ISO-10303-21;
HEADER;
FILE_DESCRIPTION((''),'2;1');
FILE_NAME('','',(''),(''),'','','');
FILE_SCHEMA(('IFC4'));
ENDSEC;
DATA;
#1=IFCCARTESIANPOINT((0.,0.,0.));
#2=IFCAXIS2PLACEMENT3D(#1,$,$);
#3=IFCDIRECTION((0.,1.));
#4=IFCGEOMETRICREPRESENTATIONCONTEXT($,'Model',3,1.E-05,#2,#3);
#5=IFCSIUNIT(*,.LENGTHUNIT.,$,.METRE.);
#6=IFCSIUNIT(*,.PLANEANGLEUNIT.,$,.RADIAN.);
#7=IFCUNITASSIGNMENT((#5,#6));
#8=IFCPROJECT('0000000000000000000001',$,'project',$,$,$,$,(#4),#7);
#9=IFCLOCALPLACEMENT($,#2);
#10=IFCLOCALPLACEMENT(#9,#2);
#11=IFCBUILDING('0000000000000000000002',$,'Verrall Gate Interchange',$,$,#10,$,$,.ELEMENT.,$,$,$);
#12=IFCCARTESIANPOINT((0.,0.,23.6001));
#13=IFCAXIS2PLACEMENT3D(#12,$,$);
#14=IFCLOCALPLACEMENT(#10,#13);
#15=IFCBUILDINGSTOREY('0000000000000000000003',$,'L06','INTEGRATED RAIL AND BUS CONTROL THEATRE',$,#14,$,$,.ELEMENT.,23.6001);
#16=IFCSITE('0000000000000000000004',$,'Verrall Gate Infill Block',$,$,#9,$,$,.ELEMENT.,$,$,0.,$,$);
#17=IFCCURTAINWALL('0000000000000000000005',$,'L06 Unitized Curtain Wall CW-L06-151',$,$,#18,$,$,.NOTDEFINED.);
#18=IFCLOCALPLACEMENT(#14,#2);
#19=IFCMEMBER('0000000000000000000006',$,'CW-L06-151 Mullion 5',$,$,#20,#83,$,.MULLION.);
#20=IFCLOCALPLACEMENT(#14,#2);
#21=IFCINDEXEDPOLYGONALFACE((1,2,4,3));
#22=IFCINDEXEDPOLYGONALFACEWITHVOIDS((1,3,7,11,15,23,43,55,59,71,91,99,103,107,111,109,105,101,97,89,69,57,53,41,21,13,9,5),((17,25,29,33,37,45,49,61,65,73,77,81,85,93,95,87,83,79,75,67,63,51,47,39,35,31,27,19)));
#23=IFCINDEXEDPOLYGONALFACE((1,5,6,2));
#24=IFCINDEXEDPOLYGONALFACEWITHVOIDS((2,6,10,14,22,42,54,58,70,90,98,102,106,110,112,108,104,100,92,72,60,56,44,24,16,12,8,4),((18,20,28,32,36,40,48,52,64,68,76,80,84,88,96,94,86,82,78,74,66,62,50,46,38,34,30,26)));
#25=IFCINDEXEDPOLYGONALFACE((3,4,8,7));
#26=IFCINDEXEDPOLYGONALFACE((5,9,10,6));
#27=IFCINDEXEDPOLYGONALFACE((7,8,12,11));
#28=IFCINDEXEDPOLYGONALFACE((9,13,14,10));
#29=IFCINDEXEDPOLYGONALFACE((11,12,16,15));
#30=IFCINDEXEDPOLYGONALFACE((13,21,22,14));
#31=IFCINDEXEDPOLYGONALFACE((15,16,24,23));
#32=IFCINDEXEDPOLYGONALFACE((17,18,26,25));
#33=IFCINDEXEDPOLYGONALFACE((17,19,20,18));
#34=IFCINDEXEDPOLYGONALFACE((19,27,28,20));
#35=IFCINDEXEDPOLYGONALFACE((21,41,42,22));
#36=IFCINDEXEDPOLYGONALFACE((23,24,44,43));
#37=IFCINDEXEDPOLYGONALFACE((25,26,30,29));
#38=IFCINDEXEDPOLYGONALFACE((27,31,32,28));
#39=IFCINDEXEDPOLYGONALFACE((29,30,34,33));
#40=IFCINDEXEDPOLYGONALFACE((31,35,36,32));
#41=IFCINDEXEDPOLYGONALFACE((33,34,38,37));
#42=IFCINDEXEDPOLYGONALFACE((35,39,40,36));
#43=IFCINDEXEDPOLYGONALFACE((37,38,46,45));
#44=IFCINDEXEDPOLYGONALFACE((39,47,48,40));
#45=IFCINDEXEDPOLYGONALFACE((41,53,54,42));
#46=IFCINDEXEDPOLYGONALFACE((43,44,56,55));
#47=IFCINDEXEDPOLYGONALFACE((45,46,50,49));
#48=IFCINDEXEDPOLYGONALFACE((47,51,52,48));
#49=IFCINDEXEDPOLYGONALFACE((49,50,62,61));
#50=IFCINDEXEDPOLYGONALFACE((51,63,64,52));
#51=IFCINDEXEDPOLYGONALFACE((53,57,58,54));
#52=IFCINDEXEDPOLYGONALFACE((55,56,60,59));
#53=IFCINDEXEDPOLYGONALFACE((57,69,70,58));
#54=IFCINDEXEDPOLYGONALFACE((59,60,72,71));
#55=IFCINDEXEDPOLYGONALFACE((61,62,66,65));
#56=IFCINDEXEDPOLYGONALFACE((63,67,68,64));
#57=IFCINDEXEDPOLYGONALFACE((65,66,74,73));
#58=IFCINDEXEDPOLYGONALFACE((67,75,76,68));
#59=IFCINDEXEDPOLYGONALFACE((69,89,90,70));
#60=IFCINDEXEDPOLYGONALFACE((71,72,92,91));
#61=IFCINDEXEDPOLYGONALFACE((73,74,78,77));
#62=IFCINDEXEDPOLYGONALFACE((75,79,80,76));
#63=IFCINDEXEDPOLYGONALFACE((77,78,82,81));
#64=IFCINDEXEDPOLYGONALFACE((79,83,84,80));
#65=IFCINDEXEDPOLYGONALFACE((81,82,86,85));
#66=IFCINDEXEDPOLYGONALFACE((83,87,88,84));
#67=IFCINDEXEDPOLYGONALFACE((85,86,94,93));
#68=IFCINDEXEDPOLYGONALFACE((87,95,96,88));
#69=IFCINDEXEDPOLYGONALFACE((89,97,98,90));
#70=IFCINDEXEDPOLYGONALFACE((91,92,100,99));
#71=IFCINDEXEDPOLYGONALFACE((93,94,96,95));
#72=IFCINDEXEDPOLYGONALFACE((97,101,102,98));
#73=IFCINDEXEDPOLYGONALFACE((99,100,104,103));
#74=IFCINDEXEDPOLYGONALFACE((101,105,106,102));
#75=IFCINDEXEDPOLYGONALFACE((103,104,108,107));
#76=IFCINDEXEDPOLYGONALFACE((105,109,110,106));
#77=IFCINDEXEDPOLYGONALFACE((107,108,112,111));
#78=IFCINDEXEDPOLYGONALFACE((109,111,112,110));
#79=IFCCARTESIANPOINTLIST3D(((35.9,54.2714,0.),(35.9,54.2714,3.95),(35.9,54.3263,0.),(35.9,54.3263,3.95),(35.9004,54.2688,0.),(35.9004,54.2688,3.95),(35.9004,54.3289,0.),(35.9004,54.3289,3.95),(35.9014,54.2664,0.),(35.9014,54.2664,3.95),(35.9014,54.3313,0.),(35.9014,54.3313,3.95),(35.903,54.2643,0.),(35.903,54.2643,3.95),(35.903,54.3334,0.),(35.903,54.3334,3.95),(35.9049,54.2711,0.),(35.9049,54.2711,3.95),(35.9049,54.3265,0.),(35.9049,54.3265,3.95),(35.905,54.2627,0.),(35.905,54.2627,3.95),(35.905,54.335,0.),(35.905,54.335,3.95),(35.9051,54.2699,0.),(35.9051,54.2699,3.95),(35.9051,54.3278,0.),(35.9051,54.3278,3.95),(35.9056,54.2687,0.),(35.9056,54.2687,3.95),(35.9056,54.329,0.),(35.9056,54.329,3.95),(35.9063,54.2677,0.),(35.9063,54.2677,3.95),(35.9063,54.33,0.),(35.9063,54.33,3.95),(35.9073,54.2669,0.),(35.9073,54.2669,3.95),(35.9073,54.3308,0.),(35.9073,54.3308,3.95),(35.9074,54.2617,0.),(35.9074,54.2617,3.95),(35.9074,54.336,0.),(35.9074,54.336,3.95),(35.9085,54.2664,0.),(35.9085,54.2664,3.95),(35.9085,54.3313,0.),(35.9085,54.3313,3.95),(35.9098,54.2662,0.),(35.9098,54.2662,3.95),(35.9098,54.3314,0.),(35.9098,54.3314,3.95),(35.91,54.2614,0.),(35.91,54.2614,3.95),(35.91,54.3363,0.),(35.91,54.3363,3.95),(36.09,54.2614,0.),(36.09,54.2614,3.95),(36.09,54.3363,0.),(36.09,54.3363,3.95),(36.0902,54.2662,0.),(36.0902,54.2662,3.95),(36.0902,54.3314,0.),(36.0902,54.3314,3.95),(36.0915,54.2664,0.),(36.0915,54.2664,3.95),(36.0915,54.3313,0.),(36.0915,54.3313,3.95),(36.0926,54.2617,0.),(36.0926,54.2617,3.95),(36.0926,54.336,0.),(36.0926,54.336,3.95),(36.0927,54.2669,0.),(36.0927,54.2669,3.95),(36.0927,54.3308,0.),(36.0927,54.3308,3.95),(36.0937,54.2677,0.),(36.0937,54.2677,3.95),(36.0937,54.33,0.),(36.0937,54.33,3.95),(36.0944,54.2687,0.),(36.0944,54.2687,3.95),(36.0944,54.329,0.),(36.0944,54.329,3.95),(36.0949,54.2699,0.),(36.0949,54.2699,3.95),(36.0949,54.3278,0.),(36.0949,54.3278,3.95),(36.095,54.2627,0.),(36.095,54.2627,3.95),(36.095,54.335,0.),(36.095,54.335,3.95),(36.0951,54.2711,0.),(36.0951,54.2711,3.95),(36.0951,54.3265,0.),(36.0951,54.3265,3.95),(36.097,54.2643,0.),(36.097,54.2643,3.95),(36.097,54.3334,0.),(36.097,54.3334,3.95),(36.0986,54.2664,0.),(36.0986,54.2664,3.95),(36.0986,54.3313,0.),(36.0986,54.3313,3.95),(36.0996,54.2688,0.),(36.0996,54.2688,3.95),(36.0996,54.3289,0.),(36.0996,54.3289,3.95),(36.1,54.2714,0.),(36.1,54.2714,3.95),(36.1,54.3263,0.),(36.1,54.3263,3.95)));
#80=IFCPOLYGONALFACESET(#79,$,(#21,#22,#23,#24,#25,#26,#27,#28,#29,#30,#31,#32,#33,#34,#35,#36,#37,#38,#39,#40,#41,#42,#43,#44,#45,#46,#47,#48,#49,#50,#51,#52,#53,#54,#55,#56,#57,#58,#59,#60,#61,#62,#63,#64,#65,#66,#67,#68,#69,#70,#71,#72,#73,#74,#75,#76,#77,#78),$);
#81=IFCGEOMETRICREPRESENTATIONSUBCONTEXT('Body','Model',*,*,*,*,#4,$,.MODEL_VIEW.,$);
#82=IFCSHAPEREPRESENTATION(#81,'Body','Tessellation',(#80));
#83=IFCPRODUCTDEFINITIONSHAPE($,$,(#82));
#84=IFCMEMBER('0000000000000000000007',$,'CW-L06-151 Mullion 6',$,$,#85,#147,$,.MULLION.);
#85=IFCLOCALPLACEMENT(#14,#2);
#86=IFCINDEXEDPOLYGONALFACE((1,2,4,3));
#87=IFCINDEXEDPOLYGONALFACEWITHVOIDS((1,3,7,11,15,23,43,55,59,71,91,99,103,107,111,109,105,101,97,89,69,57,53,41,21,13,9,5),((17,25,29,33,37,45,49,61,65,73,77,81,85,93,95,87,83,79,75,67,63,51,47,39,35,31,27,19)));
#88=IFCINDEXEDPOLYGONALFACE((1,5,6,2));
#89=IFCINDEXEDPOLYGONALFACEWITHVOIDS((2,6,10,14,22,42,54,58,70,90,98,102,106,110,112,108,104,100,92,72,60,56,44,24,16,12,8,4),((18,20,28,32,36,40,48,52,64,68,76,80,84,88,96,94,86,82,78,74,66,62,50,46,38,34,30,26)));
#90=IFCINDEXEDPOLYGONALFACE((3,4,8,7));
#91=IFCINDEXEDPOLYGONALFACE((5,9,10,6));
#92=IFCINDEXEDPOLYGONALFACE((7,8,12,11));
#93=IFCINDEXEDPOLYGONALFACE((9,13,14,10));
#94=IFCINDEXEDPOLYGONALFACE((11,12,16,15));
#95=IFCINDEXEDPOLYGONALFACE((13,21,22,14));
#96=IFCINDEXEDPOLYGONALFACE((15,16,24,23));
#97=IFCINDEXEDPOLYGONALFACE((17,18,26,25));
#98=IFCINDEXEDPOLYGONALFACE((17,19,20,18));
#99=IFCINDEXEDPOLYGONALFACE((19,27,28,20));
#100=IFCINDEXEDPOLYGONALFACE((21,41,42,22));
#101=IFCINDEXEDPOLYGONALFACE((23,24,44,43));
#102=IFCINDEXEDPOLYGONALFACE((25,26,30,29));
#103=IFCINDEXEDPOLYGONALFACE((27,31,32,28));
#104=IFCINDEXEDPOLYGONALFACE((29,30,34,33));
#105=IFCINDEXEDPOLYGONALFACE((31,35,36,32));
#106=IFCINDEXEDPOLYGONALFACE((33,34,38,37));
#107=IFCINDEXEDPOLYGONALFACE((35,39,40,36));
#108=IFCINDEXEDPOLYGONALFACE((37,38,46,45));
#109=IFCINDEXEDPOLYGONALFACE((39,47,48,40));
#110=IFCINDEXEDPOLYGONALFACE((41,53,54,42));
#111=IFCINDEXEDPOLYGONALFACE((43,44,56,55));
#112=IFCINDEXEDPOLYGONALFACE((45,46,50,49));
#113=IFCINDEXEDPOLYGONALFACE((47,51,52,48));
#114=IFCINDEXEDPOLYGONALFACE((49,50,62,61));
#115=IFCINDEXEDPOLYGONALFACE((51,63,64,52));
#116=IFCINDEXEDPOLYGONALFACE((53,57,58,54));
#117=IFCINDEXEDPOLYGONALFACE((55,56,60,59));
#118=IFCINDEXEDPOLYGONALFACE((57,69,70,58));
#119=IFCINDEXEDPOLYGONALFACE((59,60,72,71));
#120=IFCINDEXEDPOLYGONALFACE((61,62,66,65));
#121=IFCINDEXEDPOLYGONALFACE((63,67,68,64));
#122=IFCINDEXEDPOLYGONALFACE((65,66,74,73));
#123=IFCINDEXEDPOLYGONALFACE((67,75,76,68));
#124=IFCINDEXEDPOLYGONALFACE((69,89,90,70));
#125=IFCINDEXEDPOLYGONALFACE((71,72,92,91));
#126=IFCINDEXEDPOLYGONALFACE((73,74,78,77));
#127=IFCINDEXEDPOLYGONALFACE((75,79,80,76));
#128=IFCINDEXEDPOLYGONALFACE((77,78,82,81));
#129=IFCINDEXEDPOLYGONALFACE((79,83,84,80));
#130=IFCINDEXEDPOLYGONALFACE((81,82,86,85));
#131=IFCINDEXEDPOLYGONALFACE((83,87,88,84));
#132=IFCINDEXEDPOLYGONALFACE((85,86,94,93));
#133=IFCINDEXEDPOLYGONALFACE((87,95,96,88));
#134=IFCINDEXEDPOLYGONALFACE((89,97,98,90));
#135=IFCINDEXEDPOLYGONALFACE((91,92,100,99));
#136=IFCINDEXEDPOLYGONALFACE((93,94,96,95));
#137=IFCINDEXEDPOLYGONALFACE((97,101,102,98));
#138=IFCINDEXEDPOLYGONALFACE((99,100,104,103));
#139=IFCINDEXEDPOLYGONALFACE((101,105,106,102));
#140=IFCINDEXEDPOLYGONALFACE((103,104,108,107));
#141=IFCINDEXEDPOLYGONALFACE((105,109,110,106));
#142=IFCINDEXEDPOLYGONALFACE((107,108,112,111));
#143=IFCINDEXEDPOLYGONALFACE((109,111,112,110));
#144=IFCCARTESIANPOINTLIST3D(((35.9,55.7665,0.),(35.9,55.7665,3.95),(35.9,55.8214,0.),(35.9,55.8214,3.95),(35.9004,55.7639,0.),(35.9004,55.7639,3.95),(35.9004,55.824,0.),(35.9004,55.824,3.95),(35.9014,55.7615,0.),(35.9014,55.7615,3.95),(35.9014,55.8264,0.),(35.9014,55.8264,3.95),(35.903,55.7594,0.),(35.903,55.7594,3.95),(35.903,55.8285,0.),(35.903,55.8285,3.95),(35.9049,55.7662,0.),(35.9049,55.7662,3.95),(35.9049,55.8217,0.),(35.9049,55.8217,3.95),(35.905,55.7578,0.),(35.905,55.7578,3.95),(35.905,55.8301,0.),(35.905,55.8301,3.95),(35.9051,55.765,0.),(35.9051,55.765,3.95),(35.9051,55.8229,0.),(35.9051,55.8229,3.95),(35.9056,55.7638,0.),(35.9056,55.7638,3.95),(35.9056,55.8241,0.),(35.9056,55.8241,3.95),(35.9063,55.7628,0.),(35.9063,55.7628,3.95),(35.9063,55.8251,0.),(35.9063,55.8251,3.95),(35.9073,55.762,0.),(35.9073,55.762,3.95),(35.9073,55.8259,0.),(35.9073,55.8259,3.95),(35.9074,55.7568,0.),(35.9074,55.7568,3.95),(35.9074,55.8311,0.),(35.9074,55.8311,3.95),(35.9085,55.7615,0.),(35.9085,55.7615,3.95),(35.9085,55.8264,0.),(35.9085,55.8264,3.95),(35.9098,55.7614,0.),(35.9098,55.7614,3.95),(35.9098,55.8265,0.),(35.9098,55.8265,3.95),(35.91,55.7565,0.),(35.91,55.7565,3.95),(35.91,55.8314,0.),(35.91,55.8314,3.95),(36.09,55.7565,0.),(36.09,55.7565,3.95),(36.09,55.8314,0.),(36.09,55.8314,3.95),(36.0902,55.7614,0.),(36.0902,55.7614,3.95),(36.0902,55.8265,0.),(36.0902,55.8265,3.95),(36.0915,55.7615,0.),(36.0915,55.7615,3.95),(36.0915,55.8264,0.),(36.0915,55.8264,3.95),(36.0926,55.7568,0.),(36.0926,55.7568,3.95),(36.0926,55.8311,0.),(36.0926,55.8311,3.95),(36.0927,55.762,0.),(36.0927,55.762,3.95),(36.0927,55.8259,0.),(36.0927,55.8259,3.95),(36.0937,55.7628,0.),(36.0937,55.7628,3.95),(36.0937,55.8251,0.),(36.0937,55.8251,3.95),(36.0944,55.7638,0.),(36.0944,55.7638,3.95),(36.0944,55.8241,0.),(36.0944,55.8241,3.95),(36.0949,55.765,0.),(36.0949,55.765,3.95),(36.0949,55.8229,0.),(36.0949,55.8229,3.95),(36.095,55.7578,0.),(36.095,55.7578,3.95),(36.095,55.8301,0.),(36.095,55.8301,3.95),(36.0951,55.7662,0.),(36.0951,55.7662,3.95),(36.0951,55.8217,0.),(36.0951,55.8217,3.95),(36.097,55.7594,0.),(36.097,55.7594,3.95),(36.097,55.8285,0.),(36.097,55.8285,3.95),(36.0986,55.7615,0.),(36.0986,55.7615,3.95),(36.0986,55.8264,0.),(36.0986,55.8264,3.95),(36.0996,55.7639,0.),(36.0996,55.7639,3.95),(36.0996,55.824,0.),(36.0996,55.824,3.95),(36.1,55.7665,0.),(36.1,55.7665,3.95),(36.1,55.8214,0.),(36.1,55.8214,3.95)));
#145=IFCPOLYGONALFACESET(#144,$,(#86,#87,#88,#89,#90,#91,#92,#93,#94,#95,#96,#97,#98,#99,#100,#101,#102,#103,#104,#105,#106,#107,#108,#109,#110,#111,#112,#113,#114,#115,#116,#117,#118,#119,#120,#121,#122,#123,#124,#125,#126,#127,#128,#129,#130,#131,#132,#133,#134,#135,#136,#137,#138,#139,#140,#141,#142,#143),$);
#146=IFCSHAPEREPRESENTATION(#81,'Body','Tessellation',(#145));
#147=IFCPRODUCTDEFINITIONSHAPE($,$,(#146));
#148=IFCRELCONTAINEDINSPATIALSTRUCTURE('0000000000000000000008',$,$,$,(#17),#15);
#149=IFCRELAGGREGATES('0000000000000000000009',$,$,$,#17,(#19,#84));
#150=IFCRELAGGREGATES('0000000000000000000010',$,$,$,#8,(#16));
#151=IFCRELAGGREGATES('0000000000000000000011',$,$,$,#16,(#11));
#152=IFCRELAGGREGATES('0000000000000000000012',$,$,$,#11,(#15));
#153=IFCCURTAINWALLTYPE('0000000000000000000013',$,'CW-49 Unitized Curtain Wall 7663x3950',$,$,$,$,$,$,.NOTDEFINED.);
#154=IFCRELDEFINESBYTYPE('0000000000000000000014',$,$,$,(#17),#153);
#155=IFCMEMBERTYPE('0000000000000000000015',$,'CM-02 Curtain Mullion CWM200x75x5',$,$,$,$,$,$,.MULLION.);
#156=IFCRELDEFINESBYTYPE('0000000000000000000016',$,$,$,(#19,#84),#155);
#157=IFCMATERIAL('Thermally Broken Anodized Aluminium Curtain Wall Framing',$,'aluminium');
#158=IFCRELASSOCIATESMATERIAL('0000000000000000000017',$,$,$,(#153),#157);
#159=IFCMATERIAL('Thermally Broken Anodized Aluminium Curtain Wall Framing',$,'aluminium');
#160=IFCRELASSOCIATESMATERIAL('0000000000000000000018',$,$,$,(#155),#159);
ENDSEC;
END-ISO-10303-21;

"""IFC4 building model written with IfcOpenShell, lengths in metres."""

from ifc_helpers import new_model, si_unit, direction, frame, origin, origin_2d, place, context, subcontext, project, spatial, hollow_rectangle, extrude, material, material_profile, profile_set, type_object, element, aggregate, save


model = new_model("IFC4")

# Units and contexts
model_context = context("Model", 3, precision=1e-05, world=origin(), true_north=direction((0.0, 1.0)))
body_context = subcontext(model_context, "Body", "Model", "MODEL_VIEW")
ifc_project = project(units=[si_unit("LENGTHUNIT", "METRE"), si_unit("PLANEANGLEUNIT", "RADIAN")], contexts=[model_context])

# Site, building, storey
site_placement = place(None, origin())
site = spatial("IfcSite", under=ifc_project, at=site_placement, Name="Verrall Gate Infill Block", CompositionType="ELEMENT", RefElevation=0.0)
building_placement = place(site_placement, origin())
building = spatial("IfcBuilding", under=site, at=building_placement, Name="Verrall Gate Interchange", CompositionType="ELEMENT")
storey_placement = place(building_placement, frame((0.0, 0.0, 23.6001)))
storey = spatial("IfcBuildingStorey", under=building, at=storey_placement, Name="L06", Description="INTEGRATED RAIL AND BUS CONTROL THEATRE", CompositionType="ELEMENT", Elevation=23.6001)

# Curtain wall, members
ifc_material_1 = material(Name="Thermally Broken Anodized Aluminium Curtain Wall Framing", Category="aluminium")
curtain_wall_type = type_object("IfcCurtainWallType", Name="CW-49 Unitized Curtain Wall 7663x3950", PredefinedType="NOTDEFINED", material=ifc_material_1)
curtain_wall_placement = place(storey_placement, origin())
curtain_wall = element("IfcCurtainWall", 1, at=curtain_wall_placement, inside=storey, type_object=curtain_wall_type, Name="L06 Unitized Curtain Wall CW-L06-151", PredefinedType="NOTDEFINED")
ifc_material_2 = material(Name="Thermally Broken Anodized Aluminium Curtain Wall Framing", Category="aluminium")
ifc_material_profile_1 = material_profile(ifc_material_2, hollow_rectangle(XDim=0.075, YDim=0.2, WallThickness=0.0049, InnerFilletRadius=0.0049, OuterFilletRadius=0.01, at=origin_2d()), Name="CWM200x75x5")
ifc_profile_set_1 = profile_set([ifc_material_profile_1], Name="Thermally Broken Anodized Aluminium Curtain Wall Framing")
member_type_1 = type_object("IfcMemberType", Name="CM-02 Curtain Mullion CWM200x75x5", PredefinedType="MULLION", material=ifc_profile_set_1)
member_1_placement = place(storey_placement, frame((36.0, 54.2988, 0.0), z_axis=(0.0, 0.0, 1.0), x_axis=(0.0, 1.0, 0.0)))
member_1 = element("IfcMember", 2, at=member_1_placement, type_object=member_type_1, Name="CW-L06-151 Mullion 5", PredefinedType="MULLION", context=body_context, shape_type="SweptSolid", body=[
    extrude(hollow_rectangle(XDim=0.075, YDim=0.2, WallThickness=0.0049, InnerFilletRadius=0.0049, OuterFilletRadius=0.01, at=origin_2d()), origin(), (0.0, 0.0, 1.0), 3.95),
])
member_2_placement = place(storey_placement, frame((36.0, 55.7939, 0.0), z_axis=(0.0, 0.0, 1.0), x_axis=(0.0, 1.0, 0.0)))
member_2 = element("IfcMember", 3, at=member_2_placement, type_object=member_type_1, Name="CW-L06-151 Mullion 6", PredefinedType="MULLION", context=body_context, shape_type="SweptSolid", body=[
    extrude(hollow_rectangle(XDim=0.075, YDim=0.2, WallThickness=0.0049, InnerFilletRadius=0.0049, OuterFilletRadius=0.01, at=origin_2d()), origin(), (0.0, 0.0, 1.0), 3.95),
])
aggregate(curtain_wall, [member_1, member_2])

save(model, "model.ifc")
